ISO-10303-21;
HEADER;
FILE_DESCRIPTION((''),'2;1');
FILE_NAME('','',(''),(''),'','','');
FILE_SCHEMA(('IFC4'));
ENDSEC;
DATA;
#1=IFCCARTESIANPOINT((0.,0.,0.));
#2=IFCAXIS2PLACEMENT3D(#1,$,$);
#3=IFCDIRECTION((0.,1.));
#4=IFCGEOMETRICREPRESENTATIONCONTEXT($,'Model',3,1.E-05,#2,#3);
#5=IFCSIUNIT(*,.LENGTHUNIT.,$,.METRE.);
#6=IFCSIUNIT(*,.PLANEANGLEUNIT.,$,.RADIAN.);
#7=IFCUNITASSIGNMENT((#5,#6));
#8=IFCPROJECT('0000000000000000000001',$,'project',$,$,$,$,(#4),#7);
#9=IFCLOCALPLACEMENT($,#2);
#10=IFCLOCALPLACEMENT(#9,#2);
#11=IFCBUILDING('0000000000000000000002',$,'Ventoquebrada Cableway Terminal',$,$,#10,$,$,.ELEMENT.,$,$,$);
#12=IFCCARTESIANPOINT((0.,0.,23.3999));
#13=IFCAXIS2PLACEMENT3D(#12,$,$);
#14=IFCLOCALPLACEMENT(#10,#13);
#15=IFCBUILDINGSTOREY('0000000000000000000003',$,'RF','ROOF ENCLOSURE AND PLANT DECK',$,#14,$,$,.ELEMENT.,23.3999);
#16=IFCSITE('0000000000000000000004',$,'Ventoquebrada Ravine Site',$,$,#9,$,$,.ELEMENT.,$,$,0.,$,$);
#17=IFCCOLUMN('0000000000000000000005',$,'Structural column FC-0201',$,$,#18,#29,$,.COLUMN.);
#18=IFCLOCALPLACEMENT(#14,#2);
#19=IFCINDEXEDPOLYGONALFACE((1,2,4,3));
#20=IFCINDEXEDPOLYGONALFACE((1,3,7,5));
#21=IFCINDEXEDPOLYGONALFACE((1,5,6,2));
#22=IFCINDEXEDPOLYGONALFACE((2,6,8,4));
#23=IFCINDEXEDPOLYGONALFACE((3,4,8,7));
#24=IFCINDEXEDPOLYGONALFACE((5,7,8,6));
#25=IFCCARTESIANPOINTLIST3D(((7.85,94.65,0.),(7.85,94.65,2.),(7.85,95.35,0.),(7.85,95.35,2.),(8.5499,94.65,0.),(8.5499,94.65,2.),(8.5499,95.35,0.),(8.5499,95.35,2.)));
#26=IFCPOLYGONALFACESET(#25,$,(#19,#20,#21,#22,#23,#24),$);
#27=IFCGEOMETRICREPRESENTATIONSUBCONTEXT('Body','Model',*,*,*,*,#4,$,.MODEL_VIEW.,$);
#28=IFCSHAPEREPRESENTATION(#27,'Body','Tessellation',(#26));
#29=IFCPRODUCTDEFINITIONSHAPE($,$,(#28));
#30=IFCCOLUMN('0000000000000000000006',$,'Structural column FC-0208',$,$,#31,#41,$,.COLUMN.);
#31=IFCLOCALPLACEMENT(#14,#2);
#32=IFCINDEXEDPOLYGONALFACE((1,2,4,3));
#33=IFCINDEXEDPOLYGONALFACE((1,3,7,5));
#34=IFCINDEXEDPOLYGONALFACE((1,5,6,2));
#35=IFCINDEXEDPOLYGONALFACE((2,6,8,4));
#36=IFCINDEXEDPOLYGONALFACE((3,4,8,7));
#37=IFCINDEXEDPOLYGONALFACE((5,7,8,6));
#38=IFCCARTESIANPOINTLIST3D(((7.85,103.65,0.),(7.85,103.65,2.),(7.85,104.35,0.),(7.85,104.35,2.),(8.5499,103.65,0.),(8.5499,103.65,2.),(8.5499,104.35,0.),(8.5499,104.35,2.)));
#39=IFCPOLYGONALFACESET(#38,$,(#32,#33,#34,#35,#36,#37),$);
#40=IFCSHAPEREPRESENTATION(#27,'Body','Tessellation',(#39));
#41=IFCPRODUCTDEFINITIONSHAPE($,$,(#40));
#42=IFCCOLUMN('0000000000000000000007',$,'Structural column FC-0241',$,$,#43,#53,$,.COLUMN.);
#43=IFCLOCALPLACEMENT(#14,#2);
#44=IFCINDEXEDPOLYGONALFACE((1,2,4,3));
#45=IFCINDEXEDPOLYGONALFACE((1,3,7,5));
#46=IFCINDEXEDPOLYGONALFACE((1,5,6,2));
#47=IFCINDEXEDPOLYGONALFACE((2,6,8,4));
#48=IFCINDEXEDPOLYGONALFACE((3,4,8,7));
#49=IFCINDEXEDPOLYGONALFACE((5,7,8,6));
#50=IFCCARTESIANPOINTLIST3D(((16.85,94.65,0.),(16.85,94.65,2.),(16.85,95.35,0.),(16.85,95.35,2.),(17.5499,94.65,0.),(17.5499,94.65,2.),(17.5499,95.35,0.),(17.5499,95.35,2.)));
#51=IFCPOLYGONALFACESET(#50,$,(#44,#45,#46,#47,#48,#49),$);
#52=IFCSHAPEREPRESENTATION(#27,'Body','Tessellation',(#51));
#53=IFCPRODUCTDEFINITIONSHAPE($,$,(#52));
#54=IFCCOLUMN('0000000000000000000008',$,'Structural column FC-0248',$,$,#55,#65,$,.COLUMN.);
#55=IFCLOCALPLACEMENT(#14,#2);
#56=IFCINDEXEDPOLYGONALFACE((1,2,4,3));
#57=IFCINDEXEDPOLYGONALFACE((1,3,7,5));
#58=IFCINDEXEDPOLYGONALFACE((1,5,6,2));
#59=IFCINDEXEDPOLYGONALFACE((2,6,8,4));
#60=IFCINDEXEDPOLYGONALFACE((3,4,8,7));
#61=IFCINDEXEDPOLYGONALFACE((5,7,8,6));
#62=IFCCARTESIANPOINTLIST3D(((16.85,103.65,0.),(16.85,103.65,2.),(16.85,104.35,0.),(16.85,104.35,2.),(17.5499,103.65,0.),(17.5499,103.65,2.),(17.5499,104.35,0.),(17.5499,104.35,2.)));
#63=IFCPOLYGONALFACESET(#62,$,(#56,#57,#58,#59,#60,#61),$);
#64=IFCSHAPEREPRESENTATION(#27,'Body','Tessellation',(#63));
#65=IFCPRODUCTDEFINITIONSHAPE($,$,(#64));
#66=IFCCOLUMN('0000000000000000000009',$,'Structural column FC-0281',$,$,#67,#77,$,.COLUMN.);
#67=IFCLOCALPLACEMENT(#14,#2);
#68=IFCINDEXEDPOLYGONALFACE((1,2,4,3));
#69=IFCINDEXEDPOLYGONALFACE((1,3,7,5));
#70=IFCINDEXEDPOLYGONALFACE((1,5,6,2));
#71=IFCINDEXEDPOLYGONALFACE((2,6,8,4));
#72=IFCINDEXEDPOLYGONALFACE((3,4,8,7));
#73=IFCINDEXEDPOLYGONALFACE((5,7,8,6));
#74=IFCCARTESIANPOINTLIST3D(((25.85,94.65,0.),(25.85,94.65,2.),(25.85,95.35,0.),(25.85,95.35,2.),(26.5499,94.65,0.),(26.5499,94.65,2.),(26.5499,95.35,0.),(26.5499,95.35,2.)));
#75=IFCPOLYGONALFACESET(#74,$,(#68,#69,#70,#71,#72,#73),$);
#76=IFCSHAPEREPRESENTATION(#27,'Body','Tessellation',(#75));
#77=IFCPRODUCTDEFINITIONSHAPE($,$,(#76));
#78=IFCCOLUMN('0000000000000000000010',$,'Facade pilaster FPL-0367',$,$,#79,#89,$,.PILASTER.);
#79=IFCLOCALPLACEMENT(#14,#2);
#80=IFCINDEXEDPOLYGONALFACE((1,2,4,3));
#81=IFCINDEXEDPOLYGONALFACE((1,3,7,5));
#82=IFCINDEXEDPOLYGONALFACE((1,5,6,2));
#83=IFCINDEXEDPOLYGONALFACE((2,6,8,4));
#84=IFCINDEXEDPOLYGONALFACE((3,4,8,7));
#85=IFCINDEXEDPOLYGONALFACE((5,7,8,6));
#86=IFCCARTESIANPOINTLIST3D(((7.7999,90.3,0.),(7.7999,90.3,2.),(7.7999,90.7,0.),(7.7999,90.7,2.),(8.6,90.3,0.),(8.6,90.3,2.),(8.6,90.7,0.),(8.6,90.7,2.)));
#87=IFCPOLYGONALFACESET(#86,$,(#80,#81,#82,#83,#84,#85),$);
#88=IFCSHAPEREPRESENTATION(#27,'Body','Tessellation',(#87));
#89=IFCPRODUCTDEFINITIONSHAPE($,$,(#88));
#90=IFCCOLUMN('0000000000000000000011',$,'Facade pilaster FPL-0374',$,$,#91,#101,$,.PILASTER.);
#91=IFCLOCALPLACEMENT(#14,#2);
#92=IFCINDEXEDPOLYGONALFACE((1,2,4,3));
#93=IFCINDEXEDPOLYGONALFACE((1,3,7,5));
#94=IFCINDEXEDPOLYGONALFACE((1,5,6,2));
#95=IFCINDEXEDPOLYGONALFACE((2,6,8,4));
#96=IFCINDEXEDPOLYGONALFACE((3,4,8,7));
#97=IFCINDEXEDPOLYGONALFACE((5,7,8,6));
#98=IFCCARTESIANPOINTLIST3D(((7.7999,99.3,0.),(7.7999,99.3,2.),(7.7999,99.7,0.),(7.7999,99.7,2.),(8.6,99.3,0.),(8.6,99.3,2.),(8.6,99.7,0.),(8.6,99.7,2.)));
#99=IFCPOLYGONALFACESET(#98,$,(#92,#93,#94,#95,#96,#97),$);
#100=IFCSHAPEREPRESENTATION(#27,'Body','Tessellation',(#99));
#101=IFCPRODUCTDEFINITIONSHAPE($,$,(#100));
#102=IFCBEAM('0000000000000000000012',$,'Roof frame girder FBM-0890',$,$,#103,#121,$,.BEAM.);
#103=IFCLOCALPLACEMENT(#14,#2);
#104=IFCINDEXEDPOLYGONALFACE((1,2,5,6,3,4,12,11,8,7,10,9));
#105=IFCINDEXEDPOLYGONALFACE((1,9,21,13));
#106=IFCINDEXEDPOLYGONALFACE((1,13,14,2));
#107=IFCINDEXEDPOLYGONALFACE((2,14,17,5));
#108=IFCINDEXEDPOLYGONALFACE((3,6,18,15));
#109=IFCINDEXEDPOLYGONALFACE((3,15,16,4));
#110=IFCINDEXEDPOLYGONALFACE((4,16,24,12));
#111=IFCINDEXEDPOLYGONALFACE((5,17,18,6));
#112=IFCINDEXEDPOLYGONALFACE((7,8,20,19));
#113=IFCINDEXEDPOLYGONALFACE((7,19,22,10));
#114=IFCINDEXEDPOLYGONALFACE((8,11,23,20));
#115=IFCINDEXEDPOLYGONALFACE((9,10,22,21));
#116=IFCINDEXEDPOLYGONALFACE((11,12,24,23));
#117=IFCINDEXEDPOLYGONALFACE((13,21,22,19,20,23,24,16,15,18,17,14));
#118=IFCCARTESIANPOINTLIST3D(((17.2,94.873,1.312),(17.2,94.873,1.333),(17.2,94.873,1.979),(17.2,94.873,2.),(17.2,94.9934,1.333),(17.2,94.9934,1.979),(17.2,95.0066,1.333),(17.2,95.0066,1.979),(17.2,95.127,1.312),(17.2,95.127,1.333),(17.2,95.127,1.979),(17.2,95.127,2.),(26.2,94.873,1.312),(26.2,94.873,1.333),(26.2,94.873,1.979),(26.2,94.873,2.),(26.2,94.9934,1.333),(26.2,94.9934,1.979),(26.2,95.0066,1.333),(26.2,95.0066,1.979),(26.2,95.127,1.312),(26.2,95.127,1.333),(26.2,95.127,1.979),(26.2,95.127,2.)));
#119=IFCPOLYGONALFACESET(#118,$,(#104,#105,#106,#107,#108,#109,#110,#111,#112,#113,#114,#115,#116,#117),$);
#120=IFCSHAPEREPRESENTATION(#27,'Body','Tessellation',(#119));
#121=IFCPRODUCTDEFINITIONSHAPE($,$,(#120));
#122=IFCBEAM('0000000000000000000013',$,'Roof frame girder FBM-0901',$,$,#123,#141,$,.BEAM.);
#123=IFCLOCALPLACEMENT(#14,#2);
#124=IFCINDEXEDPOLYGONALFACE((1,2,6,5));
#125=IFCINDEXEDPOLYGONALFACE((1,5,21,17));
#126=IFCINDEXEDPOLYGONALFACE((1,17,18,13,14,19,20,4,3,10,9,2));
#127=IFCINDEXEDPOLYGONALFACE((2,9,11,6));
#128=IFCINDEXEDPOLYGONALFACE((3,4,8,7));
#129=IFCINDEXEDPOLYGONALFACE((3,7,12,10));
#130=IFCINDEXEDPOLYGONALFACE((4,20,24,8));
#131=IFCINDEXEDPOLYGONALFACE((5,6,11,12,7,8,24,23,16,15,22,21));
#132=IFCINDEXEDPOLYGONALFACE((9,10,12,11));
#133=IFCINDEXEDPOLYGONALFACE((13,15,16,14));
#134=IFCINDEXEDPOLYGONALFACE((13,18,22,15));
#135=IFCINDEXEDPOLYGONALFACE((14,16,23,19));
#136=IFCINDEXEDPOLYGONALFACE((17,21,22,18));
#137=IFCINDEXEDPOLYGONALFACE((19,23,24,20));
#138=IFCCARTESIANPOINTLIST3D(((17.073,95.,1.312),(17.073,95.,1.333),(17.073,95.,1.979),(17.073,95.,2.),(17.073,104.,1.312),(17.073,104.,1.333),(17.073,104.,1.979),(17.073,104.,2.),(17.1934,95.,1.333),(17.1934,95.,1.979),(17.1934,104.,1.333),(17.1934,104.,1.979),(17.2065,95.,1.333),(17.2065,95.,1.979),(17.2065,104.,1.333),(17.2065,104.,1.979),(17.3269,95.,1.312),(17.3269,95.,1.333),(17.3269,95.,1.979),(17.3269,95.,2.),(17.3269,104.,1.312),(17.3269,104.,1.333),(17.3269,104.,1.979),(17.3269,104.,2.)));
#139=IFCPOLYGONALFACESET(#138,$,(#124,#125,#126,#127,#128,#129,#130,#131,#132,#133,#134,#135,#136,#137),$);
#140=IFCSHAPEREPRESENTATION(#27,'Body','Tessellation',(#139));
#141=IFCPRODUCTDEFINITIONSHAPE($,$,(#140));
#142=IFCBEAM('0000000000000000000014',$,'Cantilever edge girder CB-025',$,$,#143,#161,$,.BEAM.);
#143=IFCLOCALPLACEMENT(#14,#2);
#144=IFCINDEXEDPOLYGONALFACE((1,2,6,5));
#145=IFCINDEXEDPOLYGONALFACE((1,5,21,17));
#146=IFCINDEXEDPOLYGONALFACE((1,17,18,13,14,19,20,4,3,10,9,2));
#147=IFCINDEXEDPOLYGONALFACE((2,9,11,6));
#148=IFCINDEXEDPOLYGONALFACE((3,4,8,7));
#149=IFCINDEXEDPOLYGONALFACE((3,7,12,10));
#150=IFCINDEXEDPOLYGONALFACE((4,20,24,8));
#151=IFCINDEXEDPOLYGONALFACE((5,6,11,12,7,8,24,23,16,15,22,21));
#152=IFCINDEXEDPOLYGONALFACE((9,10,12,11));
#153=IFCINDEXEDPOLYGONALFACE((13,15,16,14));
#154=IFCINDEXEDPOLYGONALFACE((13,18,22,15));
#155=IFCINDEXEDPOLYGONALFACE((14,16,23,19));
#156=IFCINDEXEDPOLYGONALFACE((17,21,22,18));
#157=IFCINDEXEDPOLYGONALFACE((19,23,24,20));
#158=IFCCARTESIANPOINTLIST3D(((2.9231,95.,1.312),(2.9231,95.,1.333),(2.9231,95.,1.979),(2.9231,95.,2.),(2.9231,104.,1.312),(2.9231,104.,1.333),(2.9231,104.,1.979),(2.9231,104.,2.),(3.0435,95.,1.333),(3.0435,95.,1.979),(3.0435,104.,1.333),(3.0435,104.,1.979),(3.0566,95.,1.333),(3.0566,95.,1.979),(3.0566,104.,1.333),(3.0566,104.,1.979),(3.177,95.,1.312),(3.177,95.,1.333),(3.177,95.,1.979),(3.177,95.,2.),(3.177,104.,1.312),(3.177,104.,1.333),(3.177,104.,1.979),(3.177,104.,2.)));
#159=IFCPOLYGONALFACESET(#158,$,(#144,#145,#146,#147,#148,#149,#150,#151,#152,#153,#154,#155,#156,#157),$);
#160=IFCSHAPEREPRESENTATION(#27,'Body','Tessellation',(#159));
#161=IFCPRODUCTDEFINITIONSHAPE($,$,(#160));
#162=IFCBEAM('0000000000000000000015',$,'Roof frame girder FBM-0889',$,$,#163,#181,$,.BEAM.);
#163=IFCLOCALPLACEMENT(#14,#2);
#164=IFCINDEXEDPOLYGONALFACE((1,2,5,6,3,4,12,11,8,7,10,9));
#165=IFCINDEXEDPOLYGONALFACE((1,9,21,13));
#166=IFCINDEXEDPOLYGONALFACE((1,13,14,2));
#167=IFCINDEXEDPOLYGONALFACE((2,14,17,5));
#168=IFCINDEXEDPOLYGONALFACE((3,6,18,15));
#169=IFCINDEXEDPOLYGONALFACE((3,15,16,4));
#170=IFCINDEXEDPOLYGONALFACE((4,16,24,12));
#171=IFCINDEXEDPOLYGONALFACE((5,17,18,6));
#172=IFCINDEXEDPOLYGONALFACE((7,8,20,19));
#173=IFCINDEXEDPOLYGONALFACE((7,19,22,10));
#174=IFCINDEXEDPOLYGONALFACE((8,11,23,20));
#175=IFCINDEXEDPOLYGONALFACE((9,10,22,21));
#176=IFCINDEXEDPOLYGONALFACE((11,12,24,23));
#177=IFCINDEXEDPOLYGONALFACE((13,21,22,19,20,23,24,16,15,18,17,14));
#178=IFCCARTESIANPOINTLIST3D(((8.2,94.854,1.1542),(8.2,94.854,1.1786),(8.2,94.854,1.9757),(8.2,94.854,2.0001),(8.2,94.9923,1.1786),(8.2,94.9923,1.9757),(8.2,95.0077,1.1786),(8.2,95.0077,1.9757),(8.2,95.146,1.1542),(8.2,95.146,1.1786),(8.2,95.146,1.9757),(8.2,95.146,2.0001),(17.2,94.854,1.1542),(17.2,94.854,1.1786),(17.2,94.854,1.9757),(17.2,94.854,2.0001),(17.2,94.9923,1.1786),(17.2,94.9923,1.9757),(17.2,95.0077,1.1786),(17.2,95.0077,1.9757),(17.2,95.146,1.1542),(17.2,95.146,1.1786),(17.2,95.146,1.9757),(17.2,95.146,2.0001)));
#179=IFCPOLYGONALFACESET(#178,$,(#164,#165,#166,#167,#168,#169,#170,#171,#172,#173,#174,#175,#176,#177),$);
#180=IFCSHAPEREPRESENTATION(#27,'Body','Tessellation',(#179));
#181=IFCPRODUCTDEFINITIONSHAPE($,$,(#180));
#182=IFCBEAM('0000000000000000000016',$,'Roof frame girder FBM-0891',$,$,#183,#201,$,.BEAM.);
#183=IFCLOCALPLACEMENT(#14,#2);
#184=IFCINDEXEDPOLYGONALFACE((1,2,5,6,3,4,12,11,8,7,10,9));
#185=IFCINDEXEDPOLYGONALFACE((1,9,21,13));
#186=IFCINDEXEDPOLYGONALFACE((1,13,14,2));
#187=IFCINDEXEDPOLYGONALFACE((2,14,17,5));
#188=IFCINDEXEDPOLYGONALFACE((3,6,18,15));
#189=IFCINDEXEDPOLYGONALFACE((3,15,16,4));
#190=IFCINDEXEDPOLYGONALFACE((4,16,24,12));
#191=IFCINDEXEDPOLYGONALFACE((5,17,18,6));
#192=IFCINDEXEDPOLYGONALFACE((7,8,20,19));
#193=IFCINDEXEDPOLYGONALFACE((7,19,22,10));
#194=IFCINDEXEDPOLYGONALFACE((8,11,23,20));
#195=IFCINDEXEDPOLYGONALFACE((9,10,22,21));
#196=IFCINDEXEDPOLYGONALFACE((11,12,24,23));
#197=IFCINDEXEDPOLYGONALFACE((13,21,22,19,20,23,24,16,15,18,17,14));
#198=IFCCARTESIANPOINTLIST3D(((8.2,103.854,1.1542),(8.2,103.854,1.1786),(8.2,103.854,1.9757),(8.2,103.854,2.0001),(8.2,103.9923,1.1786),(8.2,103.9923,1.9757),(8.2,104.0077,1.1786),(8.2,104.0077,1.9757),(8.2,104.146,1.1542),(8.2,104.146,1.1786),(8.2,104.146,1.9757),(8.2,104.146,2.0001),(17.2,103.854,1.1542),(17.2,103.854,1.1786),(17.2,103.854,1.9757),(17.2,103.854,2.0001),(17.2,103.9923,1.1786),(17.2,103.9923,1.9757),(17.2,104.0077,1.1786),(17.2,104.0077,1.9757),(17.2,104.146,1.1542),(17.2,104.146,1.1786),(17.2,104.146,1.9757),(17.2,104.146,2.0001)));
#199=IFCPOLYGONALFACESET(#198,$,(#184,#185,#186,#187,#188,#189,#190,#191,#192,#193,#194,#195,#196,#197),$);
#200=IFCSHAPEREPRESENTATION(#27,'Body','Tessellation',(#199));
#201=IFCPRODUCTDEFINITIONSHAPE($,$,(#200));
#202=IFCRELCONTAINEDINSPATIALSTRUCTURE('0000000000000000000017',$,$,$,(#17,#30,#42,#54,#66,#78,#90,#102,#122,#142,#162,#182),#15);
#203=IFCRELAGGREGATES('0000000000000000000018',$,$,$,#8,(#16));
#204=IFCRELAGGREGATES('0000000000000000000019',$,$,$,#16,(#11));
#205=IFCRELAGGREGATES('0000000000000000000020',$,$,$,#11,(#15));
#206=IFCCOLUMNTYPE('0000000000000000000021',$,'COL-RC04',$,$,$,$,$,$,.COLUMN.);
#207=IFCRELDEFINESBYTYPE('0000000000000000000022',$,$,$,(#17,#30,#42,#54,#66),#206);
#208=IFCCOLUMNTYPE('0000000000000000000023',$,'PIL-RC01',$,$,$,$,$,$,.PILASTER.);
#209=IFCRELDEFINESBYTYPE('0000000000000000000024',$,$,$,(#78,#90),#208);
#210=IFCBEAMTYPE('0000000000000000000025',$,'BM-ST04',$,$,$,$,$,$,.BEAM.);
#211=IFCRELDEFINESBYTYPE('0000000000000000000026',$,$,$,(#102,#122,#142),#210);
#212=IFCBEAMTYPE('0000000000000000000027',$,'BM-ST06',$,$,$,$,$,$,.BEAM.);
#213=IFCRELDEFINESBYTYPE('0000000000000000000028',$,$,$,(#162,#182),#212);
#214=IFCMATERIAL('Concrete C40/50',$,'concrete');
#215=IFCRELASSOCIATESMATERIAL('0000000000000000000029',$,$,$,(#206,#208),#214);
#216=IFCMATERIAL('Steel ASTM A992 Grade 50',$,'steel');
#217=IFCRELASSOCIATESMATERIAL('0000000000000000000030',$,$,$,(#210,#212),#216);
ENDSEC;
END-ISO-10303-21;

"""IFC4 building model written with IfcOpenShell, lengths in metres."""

from ifc_helpers import new_model, si_unit, direction, frame, origin, origin_2d, place, context, subcontext, project, spatial, rectangle, i_section, extrude, material, material_profile, profile_set, type_object, element, save


model = new_model("IFC4")

# Units and contexts
model_context = context("Model", 3, precision=1e-05, world=origin(), true_north=direction((0.0, 1.0)))
body_context = subcontext(model_context, "Body", "Model", "MODEL_VIEW")
ifc_project = project(units=[si_unit("LENGTHUNIT", "METRE"), si_unit("PLANEANGLEUNIT", "RADIAN")], contexts=[model_context])

# Site, building, storey
site_placement = place(None, origin())
site = spatial("IfcSite", under=ifc_project, at=site_placement, Name="Ventoquebrada Ravine Site", CompositionType="ELEMENT", RefElevation=0.0)
building_placement = place(site_placement, origin())
building = spatial("IfcBuilding", under=site, at=building_placement, Name="Ventoquebrada Cableway Terminal", CompositionType="ELEMENT")
storey_placement = place(building_placement, frame((0.0, 0.0, 23.3999)))
storey = spatial("IfcBuildingStorey", under=building, at=storey_placement, Name="RF", Description="ROOF ENCLOSURE AND PLANT DECK", CompositionType="ELEMENT", Elevation=23.3999)

# Columns
ifc_material_1 = material(Name="Concrete C40/50", Category="concrete")
ifc_material_profile_1 = material_profile(ifc_material_1, rectangle(XDim=0.7, YDim=0.7, at=origin_2d()), Name="RC-COL-700X700")
ifc_profile_set_1 = profile_set([ifc_material_profile_1], Name="Concrete C40/50")
column_type_1 = type_object("IfcColumnType", Name="COL-RC04", PredefinedType="COLUMN", material=ifc_profile_set_1)
for number, where, z_axis, x_axis, name in (
    (1, (8.2, 95.0, 0.0), (0.0, 0.0, 1.0), (1.0, 0.0, 0.0), "Structural column FC-0201"),
    (2, (8.2, 104.0, 0.0), (0.0, 0.0, 1.0), (1.0, 0.0, 0.0), "Structural column FC-0208"),
    (3, (17.2, 95.0, 0.0), (0.0, 0.0, 1.0), (1.0, 0.0, 0.0), "Structural column FC-0241"),
    (4, (17.2, 104.0, 0.0), (0.0, 0.0, 1.0), (1.0, 0.0, 0.0), "Structural column FC-0248"),
    (5, (26.2, 95.0, 0.0), (0.0, 0.0, 1.0), (1.0, 0.0, 0.0), "Structural column FC-0281"),
):
    element("IfcColumn", number, at=place(storey_placement, frame(where, z_axis=z_axis, x_axis=x_axis)), inside=storey, type_object=column_type_1, Name=name, PredefinedType="COLUMN", context=body_context, shape_type="SweptSolid", body=[
        extrude(rectangle(XDim=0.7, YDim=0.7, at=origin_2d()), origin(), (0.0, 0.0, 1.0), 2.0),
    ])
ifc_material_profile_2 = material_profile(ifc_material_1, rectangle(XDim=0.3999, YDim=0.8, at=origin_2d()), Name="RC-PIL-400X800")
ifc_profile_set_2 = profile_set([ifc_material_profile_2], Name="Concrete C40/50")
column_type_2 = type_object("IfcColumnType", Name="PIL-RC01", PredefinedType="PILASTER", material=ifc_profile_set_2)
for number, where, z_axis, x_axis, name in (
    (6, (8.2, 90.5, 0.0), (0.0, 0.0, 1.0), (0.0, 1.0, 0.0), "Facade pilaster FPL-0367"),
    (7, (8.2, 99.5, 0.0), (0.0, 0.0, 1.0), (0.0, 1.0, 0.0), "Facade pilaster FPL-0374"),
):
    element("IfcColumn", number, at=place(storey_placement, frame(where, z_axis=z_axis, x_axis=x_axis)), inside=storey, type_object=column_type_2, Name=name, PredefinedType="PILASTER", context=body_context, shape_type="SweptSolid", body=[
        extrude(rectangle(XDim=0.3999, YDim=0.8, at=origin_2d()), origin(), (0.0, 0.0, 1.0), 2.0),
    ])

# Beams
ifc_material_2 = material(Name="Steel ASTM A992 Grade 50", Category="steel")
ifc_material_profile_3 = material_profile(ifc_material_2, i_section(OverallWidth=0.2539, OverallDepth=0.688, WebThickness=0.0132, FlangeThickness=0.021, at=origin_2d()), Name="W27X102")
ifc_profile_set_3 = profile_set([ifc_material_profile_3], Name="Steel ASTM A992 Grade 50")
beam_type_1 = type_object("IfcBeamType", Name="BM-ST04", PredefinedType="BEAM", material=ifc_profile_set_3)
for number, where, z_axis, x_axis, name in (
    (8, (17.2, 95.0, 1.656), (1.0, 0.0, 0.0), (0.0, 1.0, 0.0), "Roof frame girder FBM-0890"),
    (9, (17.2, 95.0, 1.656), (0.0, 1.0, 0.0), (-1.0, 0.0, 0.0), "Roof frame girder FBM-0901"),
    (10, (3.05, 95.0, 1.656), (0.0, 1.0, 0.0), (-1.0, 0.0, 0.0), "Cantilever edge girder CB-025"),
):
    element("IfcBeam", number, at=place(storey_placement, frame(where, z_axis=z_axis, x_axis=x_axis)), inside=storey, type_object=beam_type_1, Name=name, PredefinedType="BEAM", context=body_context, shape_type="SweptSolid", body=[
        extrude(i_section(OverallWidth=0.2539, OverallDepth=0.688, WebThickness=0.0132, FlangeThickness=0.021, at=origin_2d()), origin(), (0.0, 0.0, 1.0), 9.0),
    ])
ifc_material_profile_4 = material_profile(ifc_material_2, i_section(OverallWidth=0.292, OverallDepth=0.8459, WebThickness=0.0154, FlangeThickness=0.0244, at=origin_2d()), Name="W33X141")
ifc_profile_set_4 = profile_set([ifc_material_profile_4], Name="Steel ASTM A992 Grade 50")
beam_type_2 = type_object("IfcBeamType", Name="BM-ST06", PredefinedType="BEAM", material=ifc_profile_set_4)
for number, where, z_axis, x_axis, name in (
    (11, (8.2, 95.0, 1.5771), (1.0, 0.0, 0.0), (0.0, 1.0, 0.0), "Roof frame girder FBM-0889"),
    (12, (8.2, 104.0, 1.5771), (1.0, 0.0, 0.0), (0.0, 1.0, 0.0), "Roof frame girder FBM-0891"),
):
    element("IfcBeam", number, at=place(storey_placement, frame(where, z_axis=z_axis, x_axis=x_axis)), inside=storey, type_object=beam_type_2, Name=name, PredefinedType="BEAM", context=body_context, shape_type="SweptSolid", body=[
        extrude(i_section(OverallWidth=0.292, OverallDepth=0.8459, WebThickness=0.0154, FlangeThickness=0.0244, at=origin_2d()), origin(), (0.0, 0.0, 1.0), 9.0),
    ])

save(model, "model.ifc")
